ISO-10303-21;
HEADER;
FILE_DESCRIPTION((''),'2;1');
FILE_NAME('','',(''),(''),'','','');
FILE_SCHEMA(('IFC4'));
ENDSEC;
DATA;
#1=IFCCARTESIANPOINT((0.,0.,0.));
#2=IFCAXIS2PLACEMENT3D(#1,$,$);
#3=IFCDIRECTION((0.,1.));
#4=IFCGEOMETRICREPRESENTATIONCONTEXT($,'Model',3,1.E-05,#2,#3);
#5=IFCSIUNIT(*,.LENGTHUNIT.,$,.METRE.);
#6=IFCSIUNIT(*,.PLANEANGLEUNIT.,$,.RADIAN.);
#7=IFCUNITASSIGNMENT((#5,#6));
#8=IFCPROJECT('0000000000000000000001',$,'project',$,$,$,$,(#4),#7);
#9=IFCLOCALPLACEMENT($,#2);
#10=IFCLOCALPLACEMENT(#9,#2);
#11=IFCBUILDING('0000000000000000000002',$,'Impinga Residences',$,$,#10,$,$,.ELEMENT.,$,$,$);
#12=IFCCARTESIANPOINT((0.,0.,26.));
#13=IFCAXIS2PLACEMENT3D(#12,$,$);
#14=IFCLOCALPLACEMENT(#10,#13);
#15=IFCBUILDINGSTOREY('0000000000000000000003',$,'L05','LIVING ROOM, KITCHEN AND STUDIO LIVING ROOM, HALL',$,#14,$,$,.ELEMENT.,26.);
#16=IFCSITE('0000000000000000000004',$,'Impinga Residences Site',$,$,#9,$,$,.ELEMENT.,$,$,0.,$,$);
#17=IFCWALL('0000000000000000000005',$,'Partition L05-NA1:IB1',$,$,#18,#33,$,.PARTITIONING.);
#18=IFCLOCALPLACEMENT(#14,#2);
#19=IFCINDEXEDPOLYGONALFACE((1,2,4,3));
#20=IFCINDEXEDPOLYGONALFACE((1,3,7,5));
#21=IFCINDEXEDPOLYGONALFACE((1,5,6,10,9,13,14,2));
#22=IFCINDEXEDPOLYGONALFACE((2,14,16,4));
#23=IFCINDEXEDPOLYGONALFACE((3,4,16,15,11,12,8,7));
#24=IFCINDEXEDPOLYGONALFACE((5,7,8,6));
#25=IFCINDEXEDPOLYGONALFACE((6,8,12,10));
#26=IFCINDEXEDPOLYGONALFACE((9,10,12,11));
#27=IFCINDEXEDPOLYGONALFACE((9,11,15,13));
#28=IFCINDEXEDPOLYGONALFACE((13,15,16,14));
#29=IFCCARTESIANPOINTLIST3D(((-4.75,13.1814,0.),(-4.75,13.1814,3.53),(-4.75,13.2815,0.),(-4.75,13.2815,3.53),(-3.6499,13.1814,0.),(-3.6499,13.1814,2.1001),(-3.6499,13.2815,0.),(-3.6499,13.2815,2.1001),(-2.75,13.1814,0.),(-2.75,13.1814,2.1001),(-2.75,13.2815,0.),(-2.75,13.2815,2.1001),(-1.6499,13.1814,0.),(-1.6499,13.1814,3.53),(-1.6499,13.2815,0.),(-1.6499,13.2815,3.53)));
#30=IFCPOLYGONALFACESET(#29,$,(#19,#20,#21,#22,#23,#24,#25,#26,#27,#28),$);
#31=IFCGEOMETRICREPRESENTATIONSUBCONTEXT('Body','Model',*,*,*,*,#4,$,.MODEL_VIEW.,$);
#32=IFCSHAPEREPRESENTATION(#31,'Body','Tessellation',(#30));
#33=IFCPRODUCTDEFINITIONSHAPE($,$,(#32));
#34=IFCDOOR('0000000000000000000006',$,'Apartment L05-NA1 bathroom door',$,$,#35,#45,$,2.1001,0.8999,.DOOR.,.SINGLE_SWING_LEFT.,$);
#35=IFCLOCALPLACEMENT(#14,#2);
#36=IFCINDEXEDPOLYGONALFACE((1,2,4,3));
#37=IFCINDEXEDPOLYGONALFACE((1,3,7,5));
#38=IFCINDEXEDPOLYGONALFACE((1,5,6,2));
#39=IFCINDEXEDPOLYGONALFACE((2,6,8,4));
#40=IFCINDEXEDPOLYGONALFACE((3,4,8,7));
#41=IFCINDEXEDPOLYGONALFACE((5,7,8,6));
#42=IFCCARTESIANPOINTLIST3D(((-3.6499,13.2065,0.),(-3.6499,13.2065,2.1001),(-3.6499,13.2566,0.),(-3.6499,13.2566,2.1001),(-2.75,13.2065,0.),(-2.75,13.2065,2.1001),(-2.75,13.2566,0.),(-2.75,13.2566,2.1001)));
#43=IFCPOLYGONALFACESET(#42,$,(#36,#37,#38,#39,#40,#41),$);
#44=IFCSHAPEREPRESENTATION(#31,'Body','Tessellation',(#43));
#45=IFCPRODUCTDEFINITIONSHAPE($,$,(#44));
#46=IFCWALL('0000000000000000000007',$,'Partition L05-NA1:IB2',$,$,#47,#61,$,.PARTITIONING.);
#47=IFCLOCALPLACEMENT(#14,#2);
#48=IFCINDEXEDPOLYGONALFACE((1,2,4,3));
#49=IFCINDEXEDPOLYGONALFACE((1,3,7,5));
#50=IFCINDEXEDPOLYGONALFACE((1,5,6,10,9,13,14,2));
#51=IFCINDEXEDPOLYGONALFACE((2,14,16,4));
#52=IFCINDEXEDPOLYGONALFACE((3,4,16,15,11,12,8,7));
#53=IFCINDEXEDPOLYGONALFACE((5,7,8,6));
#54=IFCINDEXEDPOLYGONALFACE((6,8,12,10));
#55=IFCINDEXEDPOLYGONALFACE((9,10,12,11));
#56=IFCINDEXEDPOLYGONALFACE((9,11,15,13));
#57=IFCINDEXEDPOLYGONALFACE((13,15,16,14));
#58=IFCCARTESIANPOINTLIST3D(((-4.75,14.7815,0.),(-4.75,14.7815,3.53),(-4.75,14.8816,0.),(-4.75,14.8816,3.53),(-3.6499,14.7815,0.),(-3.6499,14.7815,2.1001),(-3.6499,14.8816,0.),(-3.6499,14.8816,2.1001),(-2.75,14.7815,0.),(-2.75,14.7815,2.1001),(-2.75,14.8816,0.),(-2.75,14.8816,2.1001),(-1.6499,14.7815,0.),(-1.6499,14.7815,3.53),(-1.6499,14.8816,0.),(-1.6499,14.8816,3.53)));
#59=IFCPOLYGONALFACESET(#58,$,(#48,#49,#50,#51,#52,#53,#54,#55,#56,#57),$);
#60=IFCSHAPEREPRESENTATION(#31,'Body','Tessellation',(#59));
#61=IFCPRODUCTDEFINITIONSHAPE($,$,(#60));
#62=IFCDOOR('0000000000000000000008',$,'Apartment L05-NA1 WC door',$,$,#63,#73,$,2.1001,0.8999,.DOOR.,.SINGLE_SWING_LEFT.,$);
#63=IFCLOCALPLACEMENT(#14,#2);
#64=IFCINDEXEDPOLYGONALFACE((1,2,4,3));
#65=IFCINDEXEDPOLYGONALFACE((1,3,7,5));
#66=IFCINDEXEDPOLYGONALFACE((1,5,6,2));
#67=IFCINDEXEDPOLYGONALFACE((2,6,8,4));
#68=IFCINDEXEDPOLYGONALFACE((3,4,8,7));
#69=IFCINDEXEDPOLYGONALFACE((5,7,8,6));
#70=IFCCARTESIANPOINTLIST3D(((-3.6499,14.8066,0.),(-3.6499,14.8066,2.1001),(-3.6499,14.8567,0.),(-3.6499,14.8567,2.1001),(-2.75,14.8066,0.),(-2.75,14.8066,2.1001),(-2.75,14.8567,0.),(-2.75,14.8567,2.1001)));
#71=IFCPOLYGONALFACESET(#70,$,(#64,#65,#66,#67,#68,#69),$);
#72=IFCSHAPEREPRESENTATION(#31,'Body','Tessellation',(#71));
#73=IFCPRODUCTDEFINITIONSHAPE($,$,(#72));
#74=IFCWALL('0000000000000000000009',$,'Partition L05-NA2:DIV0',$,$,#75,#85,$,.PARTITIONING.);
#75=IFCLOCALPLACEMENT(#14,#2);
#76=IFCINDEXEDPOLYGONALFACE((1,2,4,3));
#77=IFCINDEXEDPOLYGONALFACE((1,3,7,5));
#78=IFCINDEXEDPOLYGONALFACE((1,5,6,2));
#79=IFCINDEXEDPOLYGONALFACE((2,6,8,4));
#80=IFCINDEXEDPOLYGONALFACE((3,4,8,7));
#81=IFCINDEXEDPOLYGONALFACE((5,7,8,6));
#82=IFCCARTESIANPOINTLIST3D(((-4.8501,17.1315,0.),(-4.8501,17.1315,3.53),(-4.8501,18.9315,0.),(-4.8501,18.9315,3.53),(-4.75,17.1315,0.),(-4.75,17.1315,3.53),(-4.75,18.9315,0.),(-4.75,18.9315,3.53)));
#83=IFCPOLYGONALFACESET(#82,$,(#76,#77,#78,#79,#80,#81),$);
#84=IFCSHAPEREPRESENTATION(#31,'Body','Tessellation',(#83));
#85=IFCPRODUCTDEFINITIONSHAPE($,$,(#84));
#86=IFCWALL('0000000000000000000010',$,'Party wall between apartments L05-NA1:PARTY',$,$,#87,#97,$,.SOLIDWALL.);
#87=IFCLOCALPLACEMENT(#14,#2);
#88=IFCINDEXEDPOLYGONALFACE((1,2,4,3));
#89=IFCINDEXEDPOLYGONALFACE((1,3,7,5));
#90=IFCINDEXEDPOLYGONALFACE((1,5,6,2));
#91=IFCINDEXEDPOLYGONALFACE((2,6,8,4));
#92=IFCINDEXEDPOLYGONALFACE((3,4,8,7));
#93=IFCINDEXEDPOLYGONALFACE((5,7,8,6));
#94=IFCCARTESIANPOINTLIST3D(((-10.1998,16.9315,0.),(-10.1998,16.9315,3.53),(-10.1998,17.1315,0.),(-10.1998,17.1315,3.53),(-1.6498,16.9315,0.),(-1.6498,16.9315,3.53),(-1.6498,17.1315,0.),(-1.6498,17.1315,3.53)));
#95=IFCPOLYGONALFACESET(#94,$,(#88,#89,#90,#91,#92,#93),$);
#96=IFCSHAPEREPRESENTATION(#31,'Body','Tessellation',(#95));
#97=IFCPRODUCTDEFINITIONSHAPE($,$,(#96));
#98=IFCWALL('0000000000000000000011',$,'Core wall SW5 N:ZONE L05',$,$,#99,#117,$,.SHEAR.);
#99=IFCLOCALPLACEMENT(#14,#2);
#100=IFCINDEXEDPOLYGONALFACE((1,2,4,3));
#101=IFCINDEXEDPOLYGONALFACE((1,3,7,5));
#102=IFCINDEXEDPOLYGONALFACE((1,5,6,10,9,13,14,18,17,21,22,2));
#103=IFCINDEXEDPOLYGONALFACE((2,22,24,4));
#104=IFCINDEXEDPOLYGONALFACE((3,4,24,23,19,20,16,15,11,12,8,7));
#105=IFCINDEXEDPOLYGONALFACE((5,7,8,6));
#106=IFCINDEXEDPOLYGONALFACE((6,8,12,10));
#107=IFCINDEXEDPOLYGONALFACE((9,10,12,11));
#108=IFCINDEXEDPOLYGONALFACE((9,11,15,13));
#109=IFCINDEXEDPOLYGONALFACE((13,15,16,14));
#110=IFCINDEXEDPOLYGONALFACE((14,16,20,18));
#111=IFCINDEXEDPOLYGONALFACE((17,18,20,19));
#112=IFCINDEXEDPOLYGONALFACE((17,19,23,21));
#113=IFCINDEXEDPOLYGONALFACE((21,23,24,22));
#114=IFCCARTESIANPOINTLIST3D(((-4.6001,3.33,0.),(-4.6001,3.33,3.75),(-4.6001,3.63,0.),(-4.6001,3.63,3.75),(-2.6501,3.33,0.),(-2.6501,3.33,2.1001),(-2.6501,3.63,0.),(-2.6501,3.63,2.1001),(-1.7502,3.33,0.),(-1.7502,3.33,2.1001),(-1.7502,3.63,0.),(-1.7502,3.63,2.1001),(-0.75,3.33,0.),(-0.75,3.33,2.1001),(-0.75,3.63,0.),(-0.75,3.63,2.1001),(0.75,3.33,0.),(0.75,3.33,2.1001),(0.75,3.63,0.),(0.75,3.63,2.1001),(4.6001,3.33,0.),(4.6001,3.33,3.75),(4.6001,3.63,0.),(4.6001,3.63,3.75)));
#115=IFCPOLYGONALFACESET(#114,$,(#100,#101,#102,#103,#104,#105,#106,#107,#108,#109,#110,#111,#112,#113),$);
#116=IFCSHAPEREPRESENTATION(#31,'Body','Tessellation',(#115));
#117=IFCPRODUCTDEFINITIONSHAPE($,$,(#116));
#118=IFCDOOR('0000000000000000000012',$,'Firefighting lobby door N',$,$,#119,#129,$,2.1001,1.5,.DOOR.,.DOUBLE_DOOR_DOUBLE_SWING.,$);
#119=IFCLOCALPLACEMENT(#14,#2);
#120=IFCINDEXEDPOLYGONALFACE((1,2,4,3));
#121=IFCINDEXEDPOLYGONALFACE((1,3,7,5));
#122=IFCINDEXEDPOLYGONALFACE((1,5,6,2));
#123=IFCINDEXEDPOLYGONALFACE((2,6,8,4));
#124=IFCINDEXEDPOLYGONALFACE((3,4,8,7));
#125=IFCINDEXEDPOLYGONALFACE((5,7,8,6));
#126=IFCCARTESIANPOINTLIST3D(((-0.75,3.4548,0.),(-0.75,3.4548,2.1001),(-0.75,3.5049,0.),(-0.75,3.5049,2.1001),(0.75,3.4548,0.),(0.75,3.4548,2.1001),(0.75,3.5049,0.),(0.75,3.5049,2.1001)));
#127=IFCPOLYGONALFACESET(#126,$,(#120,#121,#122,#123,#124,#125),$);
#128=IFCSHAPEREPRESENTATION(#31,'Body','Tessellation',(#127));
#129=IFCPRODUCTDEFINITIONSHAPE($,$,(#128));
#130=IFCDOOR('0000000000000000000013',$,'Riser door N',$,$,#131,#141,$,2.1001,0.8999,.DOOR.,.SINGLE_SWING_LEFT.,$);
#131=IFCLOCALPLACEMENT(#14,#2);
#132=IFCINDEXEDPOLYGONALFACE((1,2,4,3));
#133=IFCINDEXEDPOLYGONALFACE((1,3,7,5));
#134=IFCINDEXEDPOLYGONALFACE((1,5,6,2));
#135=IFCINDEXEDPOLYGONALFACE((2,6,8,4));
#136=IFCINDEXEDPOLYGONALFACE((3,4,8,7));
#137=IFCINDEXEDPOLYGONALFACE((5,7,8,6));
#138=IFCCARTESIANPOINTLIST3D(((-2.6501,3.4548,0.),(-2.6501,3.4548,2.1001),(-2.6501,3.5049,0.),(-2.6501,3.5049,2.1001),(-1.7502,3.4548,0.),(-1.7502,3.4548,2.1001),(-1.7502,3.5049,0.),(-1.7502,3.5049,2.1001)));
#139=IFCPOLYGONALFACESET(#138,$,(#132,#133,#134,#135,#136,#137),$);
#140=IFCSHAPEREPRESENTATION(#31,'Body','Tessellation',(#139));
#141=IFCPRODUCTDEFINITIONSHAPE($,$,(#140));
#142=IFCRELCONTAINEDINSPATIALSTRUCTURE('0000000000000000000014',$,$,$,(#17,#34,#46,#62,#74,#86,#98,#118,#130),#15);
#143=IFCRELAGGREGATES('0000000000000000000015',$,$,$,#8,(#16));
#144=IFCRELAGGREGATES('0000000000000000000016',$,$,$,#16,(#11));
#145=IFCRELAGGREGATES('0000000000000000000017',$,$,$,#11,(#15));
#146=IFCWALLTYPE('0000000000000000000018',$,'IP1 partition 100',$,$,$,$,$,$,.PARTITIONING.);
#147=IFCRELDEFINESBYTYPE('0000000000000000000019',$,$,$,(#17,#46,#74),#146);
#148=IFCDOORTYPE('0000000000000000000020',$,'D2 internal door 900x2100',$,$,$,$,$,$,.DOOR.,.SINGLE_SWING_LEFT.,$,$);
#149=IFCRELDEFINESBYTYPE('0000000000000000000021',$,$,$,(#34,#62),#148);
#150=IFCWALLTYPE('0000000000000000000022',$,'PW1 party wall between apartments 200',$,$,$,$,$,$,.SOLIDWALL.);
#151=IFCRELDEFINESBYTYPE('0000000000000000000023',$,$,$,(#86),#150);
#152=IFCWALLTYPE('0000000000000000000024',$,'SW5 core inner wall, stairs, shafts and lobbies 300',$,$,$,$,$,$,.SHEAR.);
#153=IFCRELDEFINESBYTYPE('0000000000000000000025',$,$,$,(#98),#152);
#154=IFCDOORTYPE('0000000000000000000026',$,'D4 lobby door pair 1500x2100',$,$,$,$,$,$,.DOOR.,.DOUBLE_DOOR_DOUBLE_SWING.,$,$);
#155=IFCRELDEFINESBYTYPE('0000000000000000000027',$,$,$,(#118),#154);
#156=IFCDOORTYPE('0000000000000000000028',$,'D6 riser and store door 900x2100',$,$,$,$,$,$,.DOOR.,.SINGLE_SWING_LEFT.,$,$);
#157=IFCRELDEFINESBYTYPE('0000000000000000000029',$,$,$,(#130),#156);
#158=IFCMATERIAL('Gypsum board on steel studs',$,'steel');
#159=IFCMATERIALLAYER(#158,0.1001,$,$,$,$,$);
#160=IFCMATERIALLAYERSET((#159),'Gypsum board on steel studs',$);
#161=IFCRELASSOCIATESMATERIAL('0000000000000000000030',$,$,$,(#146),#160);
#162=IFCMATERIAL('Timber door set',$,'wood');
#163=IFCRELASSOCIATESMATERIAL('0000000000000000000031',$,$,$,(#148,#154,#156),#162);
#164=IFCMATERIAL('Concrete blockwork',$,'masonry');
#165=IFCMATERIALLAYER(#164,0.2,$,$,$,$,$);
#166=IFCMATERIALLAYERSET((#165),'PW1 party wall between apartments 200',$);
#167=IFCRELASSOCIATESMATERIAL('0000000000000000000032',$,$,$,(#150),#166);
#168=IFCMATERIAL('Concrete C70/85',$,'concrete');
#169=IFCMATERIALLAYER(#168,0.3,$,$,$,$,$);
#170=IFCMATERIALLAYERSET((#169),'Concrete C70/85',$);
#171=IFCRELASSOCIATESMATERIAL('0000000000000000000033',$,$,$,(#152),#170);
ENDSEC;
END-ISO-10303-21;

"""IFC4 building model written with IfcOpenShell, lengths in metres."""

from ifc_helpers import new_model, si_unit, direction, frame, frame_2d, origin, place, context, subcontext, project, spatial, rectangle, extrude, material, layer, layer_set, type_object, element, fill, save


model = new_model("IFC4")

# Units and contexts
model_context = context("Model", 3, precision=1e-05, world=origin(), true_north=direction((0.0, 1.0)))
body_context = subcontext(model_context, "Body", "Model", "MODEL_VIEW")
ifc_project = project(units=[si_unit("LENGTHUNIT", "METRE"), si_unit("PLANEANGLEUNIT", "RADIAN")], contexts=[model_context])

# Site, building, storey
site_placement = place(None, origin())
site = spatial("IfcSite", under=ifc_project, at=site_placement, Name="Impinga Residences Site", CompositionType="ELEMENT", RefElevation=0.0)
building_placement = place(site_placement, origin())
building = spatial("IfcBuilding", under=site, at=building_placement, Name="Impinga Residences", CompositionType="ELEMENT")
storey_placement = place(building_placement, frame((0.0, 0.0, 26.0)))
storey = spatial("IfcBuildingStorey", under=building, at=storey_placement, Name="L05", Description="LIVING ROOM, KITCHEN AND STUDIO LIVING ROOM, HALL", CompositionType="ELEMENT", Elevation=26.0)

# Shared definitions
ifc_material_1 = material(Name="Concrete C70/85", Category="concrete")
ifc_material_2 = material(Name="Timber door set", Category="wood")

# Shared definitions
ifc_material_3 = material(Name="Gypsum board on steel studs", Category="steel")
ifc_layer_1 = layer(ifc_material_3, 0.1001)
ifc_layer_set_1 = layer_set([ifc_layer_1], Name="Gypsum board on steel studs")
wall_type_1 = type_object("IfcWallType", Name="IP1 partition 100", PredefinedType="PARTITIONING", material=ifc_layer_set_1)

# Walls, openings, doors
wall_1_placement = place(storey_placement, frame((-1.6499, 13.2314, 0.0), z_axis=(0.0, 0.0, 1.0), x_axis=(-1.0, 0.0, 0.0)))
wall_1 = element("IfcWall", 1, at=wall_1_placement, inside=storey, type_object=wall_type_1, Name="Partition L05-NA1:IB1", PredefinedType="PARTITIONING", context=body_context, shape_type="SweptSolid", body=[
    extrude(rectangle(XDim=3.1001, YDim=0.1001, at=frame_2d((1.55, 0.0))), origin(), (0.0, 0.0, 1.0), 3.53),
])
opening_1_placement = place(wall_1_placement, frame((1.1001, 0.0, 0.0)))
opening_1 = element("IfcOpeningElement", 2, at=opening_1_placement, cuts=wall_1, PredefinedType="OPENING", context=body_context, shape_type="SweptSolid", body=[
    extrude(rectangle(XDim=0.8999, YDim=2.1001, at=frame_2d((0.45, 1.05))), frame((0.0, 0.0601, 0.0), z_axis=(0.0, -1.0, 0.0), x_axis=(1.0, 0.0, 0.0)), (0.0, 0.0, 1.0), 0.1201),
])
door_type_1 = type_object("IfcDoorType", Name="D2 internal door 900x2100", OperationType="SINGLE_SWING_LEFT", PredefinedType="DOOR", material=ifc_material_2)
door_1_placement = place(opening_1_placement, origin())
door_1 = element("IfcDoor", 3, at=door_1_placement, inside=storey, type_object=door_type_1, Name="Apartment L05-NA1 bathroom door", OperationType="SINGLE_SWING_LEFT", OverallHeight=2.1001, OverallWidth=0.8999, PredefinedType="DOOR", context=body_context, shape_type="SweptSolid", body=[
    extrude(rectangle(XDim=0.8999, YDim=2.1001, at=frame_2d((0.45, 1.05))), frame((0.0, 0.0249, 0.0), z_axis=(0.0, -1.0, 0.0), x_axis=(1.0, 0.0, 0.0)), (0.0, 0.0, 1.0), 0.05),
])
fill(opening_1, door_1)
wall_2_placement = place(storey_placement, frame((-1.6499, 14.8315, 0.0), z_axis=(0.0, 0.0, 1.0), x_axis=(-1.0, 0.0, 0.0)))
wall_2 = element("IfcWall", 4, at=wall_2_placement, inside=storey, type_object=wall_type_1, Name="Partition L05-NA1:IB2", PredefinedType="PARTITIONING", context=body_context, shape_type="SweptSolid", body=[
    extrude(rectangle(XDim=3.1001, YDim=0.1001, at=frame_2d((1.55, 0.0))), origin(), (0.0, 0.0, 1.0), 3.53),
])
opening_2_placement = place(wall_2_placement, frame((1.1001, 0.0, 0.0)))
opening_2 = element("IfcOpeningElement", 5, at=opening_2_placement, cuts=wall_2, PredefinedType="OPENING", context=body_context, shape_type="SweptSolid", body=[
    extrude(rectangle(XDim=0.8999, YDim=2.1001, at=frame_2d((0.45, 1.05))), frame((0.0, 0.0601, 0.0), z_axis=(0.0, -1.0, 0.0), x_axis=(1.0, 0.0, 0.0)), (0.0, 0.0, 1.0), 0.1201),
])
door_2_placement = place(opening_2_placement, origin())
door_2 = element("IfcDoor", 6, at=door_2_placement, inside=storey, type_object=door_type_1, Name="Apartment L05-NA1 WC door", OperationType="SINGLE_SWING_LEFT", OverallHeight=2.1001, OverallWidth=0.8999, PredefinedType="DOOR", context=body_context, shape_type="SweptSolid", body=[
    extrude(rectangle(XDim=0.8999, YDim=2.1001, at=frame_2d((0.45, 1.05))), frame((0.0, 0.0249, 0.0), z_axis=(0.0, -1.0, 0.0), x_axis=(1.0, 0.0, 0.0)), (0.0, 0.0, 1.0), 0.05),
])
fill(opening_2, door_2)

# Walls
wall_3_placement = place(storey_placement, frame((-4.8, 17.1316, 0.0), z_axis=(0.0, 0.0, 1.0), x_axis=(0.0, 1.0, 0.0)))
element("IfcWall", 7, at=wall_3_placement, inside=storey, type_object=wall_type_1, Name="Partition L05-NA2:DIV0", PredefinedType="PARTITIONING", context=body_context, shape_type="SweptSolid", body=[
    extrude(rectangle(XDim=1.8, YDim=0.1001, at=frame_2d((0.8999, 0.0))), origin(), (0.0, 0.0, 1.0), 3.53),
])
ifc_material_4 = material(Name="Concrete blockwork", Category="masonry")
ifc_layer_2 = layer(ifc_material_4, 0.2)
ifc_layer_set_2 = layer_set([ifc_layer_2], Name="PW1 party wall between apartments 200")
wall_type_2 = type_object("IfcWallType", Name="PW1 party wall between apartments 200", PredefinedType="SOLIDWALL", material=ifc_layer_set_2)
wall_4_placement = place(storey_placement, frame((-1.6499, 17.0315, 0.0), z_axis=(0.0, 0.0, 1.0), x_axis=(-1.0, 0.0, 0.0)))
element("IfcWall", 8, at=wall_4_placement, inside=storey, type_object=wall_type_2, Name="Party wall between apartments L05-NA1:PARTY", PredefinedType="SOLIDWALL", context=body_context, shape_type="SweptSolid", body=[
    extrude(rectangle(XDim=8.55, YDim=0.2, at=frame_2d((4.2749, 0.0))), origin(), (0.0, 0.0, 1.0), 3.53),
])

# Wall, openings, doors
ifc_layer_3 = layer(ifc_material_1, 0.3)
ifc_layer_set_3 = layer_set([ifc_layer_3], Name="Concrete C70/85")
wall_type_3 = type_object("IfcWallType", Name="SW5 core inner wall, stairs, shafts and lobbies 300", PredefinedType="SHEAR", material=ifc_layer_set_3)
wall_5_placement = place(storey_placement, frame((-4.6001, 3.48, 0.0), z_axis=(0.0, 0.0, 1.0), x_axis=(1.0, 0.0, 0.0)))
wall_5 = element("IfcWall", 9, at=wall_5_placement, inside=storey, type_object=wall_type_3, Name="Core wall SW5 N:ZONE L05", PredefinedType="SHEAR", context=body_context, shape_type="SweptSolid", body=[
    extrude(rectangle(XDim=9.2002, YDim=0.3, at=frame_2d((4.6001, 0.0))), origin(), (0.0, 0.0, 1.0), 3.75),
])
opening_3_placement = place(wall_5_placement, frame((3.8501, 0.0, 0.0)))
opening_3 = element("IfcOpeningElement", 10, at=opening_3_placement, cuts=wall_5, PredefinedType="OPENING", context=body_context, shape_type="SweptSolid", body=[
    extrude(rectangle(XDim=1.5, YDim=2.1001, at=frame_2d((0.75, 1.05))), frame((0.0, 0.1599, 0.0), z_axis=(0.0, -1.0, 0.0), x_axis=(1.0, 0.0, 0.0)), (0.0, 0.0, 1.0), 0.3201),
])
opening_4_placement = place(wall_5_placement, frame((1.95, 0.0, 0.0)))
opening_4 = element("IfcOpeningElement", 11, at=opening_4_placement, cuts=wall_5, PredefinedType="OPENING", context=body_context, shape_type="SweptSolid", body=[
    extrude(rectangle(XDim=0.8999, YDim=2.1001, at=frame_2d((0.45, 1.05))), frame((0.0, 0.1599, 0.0), z_axis=(0.0, -1.0, 0.0), x_axis=(1.0, 0.0, 0.0)), (0.0, 0.0, 1.0), 0.3201),
])
door_type_2 = type_object("IfcDoorType", Name="D4 lobby door pair 1500x2100", OperationType="DOUBLE_DOOR_DOUBLE_SWING", PredefinedType="DOOR", material=ifc_material_2)
door_3_placement = place(opening_3_placement, origin())
door_3 = element("IfcDoor", 12, at=door_3_placement, inside=storey, type_object=door_type_2, Name="Firefighting lobby door N", OperationType="DOUBLE_DOOR_DOUBLE_SWING", OverallHeight=2.1001, OverallWidth=1.5, PredefinedType="DOOR", context=body_context, shape_type="SweptSolid", body=[
    extrude(rectangle(XDim=1.5, YDim=2.1001, at=frame_2d((0.75, 1.05))), frame((0.0, 0.0249, 0.0), z_axis=(0.0, -1.0, 0.0), x_axis=(1.0, 0.0, 0.0)), (0.0, 0.0, 1.0), 0.05),
])
fill(opening_3, door_3)
door_type_3 = type_object("IfcDoorType", Name="D6 riser and store door 900x2100", OperationType="SINGLE_SWING_LEFT", PredefinedType="DOOR", material=ifc_material_2)
door_4_placement = place(opening_4_placement, origin())
door_4 = element("IfcDoor", 13, at=door_4_placement, inside=storey, type_object=door_type_3, Name="Riser door N", OperationType="SINGLE_SWING_LEFT", OverallHeight=2.1001, OverallWidth=0.8999, PredefinedType="DOOR", context=body_context, shape_type="SweptSolid", body=[
    extrude(rectangle(XDim=0.8999, YDim=2.1001, at=frame_2d((0.45, 1.05))), frame((0.0, 0.0249, 0.0), z_axis=(0.0, -1.0, 0.0), x_axis=(1.0, 0.0, 0.0)), (0.0, 0.0, 1.0), 0.05),
])
fill(opening_4, door_4)

save(model, "model.ifc")
